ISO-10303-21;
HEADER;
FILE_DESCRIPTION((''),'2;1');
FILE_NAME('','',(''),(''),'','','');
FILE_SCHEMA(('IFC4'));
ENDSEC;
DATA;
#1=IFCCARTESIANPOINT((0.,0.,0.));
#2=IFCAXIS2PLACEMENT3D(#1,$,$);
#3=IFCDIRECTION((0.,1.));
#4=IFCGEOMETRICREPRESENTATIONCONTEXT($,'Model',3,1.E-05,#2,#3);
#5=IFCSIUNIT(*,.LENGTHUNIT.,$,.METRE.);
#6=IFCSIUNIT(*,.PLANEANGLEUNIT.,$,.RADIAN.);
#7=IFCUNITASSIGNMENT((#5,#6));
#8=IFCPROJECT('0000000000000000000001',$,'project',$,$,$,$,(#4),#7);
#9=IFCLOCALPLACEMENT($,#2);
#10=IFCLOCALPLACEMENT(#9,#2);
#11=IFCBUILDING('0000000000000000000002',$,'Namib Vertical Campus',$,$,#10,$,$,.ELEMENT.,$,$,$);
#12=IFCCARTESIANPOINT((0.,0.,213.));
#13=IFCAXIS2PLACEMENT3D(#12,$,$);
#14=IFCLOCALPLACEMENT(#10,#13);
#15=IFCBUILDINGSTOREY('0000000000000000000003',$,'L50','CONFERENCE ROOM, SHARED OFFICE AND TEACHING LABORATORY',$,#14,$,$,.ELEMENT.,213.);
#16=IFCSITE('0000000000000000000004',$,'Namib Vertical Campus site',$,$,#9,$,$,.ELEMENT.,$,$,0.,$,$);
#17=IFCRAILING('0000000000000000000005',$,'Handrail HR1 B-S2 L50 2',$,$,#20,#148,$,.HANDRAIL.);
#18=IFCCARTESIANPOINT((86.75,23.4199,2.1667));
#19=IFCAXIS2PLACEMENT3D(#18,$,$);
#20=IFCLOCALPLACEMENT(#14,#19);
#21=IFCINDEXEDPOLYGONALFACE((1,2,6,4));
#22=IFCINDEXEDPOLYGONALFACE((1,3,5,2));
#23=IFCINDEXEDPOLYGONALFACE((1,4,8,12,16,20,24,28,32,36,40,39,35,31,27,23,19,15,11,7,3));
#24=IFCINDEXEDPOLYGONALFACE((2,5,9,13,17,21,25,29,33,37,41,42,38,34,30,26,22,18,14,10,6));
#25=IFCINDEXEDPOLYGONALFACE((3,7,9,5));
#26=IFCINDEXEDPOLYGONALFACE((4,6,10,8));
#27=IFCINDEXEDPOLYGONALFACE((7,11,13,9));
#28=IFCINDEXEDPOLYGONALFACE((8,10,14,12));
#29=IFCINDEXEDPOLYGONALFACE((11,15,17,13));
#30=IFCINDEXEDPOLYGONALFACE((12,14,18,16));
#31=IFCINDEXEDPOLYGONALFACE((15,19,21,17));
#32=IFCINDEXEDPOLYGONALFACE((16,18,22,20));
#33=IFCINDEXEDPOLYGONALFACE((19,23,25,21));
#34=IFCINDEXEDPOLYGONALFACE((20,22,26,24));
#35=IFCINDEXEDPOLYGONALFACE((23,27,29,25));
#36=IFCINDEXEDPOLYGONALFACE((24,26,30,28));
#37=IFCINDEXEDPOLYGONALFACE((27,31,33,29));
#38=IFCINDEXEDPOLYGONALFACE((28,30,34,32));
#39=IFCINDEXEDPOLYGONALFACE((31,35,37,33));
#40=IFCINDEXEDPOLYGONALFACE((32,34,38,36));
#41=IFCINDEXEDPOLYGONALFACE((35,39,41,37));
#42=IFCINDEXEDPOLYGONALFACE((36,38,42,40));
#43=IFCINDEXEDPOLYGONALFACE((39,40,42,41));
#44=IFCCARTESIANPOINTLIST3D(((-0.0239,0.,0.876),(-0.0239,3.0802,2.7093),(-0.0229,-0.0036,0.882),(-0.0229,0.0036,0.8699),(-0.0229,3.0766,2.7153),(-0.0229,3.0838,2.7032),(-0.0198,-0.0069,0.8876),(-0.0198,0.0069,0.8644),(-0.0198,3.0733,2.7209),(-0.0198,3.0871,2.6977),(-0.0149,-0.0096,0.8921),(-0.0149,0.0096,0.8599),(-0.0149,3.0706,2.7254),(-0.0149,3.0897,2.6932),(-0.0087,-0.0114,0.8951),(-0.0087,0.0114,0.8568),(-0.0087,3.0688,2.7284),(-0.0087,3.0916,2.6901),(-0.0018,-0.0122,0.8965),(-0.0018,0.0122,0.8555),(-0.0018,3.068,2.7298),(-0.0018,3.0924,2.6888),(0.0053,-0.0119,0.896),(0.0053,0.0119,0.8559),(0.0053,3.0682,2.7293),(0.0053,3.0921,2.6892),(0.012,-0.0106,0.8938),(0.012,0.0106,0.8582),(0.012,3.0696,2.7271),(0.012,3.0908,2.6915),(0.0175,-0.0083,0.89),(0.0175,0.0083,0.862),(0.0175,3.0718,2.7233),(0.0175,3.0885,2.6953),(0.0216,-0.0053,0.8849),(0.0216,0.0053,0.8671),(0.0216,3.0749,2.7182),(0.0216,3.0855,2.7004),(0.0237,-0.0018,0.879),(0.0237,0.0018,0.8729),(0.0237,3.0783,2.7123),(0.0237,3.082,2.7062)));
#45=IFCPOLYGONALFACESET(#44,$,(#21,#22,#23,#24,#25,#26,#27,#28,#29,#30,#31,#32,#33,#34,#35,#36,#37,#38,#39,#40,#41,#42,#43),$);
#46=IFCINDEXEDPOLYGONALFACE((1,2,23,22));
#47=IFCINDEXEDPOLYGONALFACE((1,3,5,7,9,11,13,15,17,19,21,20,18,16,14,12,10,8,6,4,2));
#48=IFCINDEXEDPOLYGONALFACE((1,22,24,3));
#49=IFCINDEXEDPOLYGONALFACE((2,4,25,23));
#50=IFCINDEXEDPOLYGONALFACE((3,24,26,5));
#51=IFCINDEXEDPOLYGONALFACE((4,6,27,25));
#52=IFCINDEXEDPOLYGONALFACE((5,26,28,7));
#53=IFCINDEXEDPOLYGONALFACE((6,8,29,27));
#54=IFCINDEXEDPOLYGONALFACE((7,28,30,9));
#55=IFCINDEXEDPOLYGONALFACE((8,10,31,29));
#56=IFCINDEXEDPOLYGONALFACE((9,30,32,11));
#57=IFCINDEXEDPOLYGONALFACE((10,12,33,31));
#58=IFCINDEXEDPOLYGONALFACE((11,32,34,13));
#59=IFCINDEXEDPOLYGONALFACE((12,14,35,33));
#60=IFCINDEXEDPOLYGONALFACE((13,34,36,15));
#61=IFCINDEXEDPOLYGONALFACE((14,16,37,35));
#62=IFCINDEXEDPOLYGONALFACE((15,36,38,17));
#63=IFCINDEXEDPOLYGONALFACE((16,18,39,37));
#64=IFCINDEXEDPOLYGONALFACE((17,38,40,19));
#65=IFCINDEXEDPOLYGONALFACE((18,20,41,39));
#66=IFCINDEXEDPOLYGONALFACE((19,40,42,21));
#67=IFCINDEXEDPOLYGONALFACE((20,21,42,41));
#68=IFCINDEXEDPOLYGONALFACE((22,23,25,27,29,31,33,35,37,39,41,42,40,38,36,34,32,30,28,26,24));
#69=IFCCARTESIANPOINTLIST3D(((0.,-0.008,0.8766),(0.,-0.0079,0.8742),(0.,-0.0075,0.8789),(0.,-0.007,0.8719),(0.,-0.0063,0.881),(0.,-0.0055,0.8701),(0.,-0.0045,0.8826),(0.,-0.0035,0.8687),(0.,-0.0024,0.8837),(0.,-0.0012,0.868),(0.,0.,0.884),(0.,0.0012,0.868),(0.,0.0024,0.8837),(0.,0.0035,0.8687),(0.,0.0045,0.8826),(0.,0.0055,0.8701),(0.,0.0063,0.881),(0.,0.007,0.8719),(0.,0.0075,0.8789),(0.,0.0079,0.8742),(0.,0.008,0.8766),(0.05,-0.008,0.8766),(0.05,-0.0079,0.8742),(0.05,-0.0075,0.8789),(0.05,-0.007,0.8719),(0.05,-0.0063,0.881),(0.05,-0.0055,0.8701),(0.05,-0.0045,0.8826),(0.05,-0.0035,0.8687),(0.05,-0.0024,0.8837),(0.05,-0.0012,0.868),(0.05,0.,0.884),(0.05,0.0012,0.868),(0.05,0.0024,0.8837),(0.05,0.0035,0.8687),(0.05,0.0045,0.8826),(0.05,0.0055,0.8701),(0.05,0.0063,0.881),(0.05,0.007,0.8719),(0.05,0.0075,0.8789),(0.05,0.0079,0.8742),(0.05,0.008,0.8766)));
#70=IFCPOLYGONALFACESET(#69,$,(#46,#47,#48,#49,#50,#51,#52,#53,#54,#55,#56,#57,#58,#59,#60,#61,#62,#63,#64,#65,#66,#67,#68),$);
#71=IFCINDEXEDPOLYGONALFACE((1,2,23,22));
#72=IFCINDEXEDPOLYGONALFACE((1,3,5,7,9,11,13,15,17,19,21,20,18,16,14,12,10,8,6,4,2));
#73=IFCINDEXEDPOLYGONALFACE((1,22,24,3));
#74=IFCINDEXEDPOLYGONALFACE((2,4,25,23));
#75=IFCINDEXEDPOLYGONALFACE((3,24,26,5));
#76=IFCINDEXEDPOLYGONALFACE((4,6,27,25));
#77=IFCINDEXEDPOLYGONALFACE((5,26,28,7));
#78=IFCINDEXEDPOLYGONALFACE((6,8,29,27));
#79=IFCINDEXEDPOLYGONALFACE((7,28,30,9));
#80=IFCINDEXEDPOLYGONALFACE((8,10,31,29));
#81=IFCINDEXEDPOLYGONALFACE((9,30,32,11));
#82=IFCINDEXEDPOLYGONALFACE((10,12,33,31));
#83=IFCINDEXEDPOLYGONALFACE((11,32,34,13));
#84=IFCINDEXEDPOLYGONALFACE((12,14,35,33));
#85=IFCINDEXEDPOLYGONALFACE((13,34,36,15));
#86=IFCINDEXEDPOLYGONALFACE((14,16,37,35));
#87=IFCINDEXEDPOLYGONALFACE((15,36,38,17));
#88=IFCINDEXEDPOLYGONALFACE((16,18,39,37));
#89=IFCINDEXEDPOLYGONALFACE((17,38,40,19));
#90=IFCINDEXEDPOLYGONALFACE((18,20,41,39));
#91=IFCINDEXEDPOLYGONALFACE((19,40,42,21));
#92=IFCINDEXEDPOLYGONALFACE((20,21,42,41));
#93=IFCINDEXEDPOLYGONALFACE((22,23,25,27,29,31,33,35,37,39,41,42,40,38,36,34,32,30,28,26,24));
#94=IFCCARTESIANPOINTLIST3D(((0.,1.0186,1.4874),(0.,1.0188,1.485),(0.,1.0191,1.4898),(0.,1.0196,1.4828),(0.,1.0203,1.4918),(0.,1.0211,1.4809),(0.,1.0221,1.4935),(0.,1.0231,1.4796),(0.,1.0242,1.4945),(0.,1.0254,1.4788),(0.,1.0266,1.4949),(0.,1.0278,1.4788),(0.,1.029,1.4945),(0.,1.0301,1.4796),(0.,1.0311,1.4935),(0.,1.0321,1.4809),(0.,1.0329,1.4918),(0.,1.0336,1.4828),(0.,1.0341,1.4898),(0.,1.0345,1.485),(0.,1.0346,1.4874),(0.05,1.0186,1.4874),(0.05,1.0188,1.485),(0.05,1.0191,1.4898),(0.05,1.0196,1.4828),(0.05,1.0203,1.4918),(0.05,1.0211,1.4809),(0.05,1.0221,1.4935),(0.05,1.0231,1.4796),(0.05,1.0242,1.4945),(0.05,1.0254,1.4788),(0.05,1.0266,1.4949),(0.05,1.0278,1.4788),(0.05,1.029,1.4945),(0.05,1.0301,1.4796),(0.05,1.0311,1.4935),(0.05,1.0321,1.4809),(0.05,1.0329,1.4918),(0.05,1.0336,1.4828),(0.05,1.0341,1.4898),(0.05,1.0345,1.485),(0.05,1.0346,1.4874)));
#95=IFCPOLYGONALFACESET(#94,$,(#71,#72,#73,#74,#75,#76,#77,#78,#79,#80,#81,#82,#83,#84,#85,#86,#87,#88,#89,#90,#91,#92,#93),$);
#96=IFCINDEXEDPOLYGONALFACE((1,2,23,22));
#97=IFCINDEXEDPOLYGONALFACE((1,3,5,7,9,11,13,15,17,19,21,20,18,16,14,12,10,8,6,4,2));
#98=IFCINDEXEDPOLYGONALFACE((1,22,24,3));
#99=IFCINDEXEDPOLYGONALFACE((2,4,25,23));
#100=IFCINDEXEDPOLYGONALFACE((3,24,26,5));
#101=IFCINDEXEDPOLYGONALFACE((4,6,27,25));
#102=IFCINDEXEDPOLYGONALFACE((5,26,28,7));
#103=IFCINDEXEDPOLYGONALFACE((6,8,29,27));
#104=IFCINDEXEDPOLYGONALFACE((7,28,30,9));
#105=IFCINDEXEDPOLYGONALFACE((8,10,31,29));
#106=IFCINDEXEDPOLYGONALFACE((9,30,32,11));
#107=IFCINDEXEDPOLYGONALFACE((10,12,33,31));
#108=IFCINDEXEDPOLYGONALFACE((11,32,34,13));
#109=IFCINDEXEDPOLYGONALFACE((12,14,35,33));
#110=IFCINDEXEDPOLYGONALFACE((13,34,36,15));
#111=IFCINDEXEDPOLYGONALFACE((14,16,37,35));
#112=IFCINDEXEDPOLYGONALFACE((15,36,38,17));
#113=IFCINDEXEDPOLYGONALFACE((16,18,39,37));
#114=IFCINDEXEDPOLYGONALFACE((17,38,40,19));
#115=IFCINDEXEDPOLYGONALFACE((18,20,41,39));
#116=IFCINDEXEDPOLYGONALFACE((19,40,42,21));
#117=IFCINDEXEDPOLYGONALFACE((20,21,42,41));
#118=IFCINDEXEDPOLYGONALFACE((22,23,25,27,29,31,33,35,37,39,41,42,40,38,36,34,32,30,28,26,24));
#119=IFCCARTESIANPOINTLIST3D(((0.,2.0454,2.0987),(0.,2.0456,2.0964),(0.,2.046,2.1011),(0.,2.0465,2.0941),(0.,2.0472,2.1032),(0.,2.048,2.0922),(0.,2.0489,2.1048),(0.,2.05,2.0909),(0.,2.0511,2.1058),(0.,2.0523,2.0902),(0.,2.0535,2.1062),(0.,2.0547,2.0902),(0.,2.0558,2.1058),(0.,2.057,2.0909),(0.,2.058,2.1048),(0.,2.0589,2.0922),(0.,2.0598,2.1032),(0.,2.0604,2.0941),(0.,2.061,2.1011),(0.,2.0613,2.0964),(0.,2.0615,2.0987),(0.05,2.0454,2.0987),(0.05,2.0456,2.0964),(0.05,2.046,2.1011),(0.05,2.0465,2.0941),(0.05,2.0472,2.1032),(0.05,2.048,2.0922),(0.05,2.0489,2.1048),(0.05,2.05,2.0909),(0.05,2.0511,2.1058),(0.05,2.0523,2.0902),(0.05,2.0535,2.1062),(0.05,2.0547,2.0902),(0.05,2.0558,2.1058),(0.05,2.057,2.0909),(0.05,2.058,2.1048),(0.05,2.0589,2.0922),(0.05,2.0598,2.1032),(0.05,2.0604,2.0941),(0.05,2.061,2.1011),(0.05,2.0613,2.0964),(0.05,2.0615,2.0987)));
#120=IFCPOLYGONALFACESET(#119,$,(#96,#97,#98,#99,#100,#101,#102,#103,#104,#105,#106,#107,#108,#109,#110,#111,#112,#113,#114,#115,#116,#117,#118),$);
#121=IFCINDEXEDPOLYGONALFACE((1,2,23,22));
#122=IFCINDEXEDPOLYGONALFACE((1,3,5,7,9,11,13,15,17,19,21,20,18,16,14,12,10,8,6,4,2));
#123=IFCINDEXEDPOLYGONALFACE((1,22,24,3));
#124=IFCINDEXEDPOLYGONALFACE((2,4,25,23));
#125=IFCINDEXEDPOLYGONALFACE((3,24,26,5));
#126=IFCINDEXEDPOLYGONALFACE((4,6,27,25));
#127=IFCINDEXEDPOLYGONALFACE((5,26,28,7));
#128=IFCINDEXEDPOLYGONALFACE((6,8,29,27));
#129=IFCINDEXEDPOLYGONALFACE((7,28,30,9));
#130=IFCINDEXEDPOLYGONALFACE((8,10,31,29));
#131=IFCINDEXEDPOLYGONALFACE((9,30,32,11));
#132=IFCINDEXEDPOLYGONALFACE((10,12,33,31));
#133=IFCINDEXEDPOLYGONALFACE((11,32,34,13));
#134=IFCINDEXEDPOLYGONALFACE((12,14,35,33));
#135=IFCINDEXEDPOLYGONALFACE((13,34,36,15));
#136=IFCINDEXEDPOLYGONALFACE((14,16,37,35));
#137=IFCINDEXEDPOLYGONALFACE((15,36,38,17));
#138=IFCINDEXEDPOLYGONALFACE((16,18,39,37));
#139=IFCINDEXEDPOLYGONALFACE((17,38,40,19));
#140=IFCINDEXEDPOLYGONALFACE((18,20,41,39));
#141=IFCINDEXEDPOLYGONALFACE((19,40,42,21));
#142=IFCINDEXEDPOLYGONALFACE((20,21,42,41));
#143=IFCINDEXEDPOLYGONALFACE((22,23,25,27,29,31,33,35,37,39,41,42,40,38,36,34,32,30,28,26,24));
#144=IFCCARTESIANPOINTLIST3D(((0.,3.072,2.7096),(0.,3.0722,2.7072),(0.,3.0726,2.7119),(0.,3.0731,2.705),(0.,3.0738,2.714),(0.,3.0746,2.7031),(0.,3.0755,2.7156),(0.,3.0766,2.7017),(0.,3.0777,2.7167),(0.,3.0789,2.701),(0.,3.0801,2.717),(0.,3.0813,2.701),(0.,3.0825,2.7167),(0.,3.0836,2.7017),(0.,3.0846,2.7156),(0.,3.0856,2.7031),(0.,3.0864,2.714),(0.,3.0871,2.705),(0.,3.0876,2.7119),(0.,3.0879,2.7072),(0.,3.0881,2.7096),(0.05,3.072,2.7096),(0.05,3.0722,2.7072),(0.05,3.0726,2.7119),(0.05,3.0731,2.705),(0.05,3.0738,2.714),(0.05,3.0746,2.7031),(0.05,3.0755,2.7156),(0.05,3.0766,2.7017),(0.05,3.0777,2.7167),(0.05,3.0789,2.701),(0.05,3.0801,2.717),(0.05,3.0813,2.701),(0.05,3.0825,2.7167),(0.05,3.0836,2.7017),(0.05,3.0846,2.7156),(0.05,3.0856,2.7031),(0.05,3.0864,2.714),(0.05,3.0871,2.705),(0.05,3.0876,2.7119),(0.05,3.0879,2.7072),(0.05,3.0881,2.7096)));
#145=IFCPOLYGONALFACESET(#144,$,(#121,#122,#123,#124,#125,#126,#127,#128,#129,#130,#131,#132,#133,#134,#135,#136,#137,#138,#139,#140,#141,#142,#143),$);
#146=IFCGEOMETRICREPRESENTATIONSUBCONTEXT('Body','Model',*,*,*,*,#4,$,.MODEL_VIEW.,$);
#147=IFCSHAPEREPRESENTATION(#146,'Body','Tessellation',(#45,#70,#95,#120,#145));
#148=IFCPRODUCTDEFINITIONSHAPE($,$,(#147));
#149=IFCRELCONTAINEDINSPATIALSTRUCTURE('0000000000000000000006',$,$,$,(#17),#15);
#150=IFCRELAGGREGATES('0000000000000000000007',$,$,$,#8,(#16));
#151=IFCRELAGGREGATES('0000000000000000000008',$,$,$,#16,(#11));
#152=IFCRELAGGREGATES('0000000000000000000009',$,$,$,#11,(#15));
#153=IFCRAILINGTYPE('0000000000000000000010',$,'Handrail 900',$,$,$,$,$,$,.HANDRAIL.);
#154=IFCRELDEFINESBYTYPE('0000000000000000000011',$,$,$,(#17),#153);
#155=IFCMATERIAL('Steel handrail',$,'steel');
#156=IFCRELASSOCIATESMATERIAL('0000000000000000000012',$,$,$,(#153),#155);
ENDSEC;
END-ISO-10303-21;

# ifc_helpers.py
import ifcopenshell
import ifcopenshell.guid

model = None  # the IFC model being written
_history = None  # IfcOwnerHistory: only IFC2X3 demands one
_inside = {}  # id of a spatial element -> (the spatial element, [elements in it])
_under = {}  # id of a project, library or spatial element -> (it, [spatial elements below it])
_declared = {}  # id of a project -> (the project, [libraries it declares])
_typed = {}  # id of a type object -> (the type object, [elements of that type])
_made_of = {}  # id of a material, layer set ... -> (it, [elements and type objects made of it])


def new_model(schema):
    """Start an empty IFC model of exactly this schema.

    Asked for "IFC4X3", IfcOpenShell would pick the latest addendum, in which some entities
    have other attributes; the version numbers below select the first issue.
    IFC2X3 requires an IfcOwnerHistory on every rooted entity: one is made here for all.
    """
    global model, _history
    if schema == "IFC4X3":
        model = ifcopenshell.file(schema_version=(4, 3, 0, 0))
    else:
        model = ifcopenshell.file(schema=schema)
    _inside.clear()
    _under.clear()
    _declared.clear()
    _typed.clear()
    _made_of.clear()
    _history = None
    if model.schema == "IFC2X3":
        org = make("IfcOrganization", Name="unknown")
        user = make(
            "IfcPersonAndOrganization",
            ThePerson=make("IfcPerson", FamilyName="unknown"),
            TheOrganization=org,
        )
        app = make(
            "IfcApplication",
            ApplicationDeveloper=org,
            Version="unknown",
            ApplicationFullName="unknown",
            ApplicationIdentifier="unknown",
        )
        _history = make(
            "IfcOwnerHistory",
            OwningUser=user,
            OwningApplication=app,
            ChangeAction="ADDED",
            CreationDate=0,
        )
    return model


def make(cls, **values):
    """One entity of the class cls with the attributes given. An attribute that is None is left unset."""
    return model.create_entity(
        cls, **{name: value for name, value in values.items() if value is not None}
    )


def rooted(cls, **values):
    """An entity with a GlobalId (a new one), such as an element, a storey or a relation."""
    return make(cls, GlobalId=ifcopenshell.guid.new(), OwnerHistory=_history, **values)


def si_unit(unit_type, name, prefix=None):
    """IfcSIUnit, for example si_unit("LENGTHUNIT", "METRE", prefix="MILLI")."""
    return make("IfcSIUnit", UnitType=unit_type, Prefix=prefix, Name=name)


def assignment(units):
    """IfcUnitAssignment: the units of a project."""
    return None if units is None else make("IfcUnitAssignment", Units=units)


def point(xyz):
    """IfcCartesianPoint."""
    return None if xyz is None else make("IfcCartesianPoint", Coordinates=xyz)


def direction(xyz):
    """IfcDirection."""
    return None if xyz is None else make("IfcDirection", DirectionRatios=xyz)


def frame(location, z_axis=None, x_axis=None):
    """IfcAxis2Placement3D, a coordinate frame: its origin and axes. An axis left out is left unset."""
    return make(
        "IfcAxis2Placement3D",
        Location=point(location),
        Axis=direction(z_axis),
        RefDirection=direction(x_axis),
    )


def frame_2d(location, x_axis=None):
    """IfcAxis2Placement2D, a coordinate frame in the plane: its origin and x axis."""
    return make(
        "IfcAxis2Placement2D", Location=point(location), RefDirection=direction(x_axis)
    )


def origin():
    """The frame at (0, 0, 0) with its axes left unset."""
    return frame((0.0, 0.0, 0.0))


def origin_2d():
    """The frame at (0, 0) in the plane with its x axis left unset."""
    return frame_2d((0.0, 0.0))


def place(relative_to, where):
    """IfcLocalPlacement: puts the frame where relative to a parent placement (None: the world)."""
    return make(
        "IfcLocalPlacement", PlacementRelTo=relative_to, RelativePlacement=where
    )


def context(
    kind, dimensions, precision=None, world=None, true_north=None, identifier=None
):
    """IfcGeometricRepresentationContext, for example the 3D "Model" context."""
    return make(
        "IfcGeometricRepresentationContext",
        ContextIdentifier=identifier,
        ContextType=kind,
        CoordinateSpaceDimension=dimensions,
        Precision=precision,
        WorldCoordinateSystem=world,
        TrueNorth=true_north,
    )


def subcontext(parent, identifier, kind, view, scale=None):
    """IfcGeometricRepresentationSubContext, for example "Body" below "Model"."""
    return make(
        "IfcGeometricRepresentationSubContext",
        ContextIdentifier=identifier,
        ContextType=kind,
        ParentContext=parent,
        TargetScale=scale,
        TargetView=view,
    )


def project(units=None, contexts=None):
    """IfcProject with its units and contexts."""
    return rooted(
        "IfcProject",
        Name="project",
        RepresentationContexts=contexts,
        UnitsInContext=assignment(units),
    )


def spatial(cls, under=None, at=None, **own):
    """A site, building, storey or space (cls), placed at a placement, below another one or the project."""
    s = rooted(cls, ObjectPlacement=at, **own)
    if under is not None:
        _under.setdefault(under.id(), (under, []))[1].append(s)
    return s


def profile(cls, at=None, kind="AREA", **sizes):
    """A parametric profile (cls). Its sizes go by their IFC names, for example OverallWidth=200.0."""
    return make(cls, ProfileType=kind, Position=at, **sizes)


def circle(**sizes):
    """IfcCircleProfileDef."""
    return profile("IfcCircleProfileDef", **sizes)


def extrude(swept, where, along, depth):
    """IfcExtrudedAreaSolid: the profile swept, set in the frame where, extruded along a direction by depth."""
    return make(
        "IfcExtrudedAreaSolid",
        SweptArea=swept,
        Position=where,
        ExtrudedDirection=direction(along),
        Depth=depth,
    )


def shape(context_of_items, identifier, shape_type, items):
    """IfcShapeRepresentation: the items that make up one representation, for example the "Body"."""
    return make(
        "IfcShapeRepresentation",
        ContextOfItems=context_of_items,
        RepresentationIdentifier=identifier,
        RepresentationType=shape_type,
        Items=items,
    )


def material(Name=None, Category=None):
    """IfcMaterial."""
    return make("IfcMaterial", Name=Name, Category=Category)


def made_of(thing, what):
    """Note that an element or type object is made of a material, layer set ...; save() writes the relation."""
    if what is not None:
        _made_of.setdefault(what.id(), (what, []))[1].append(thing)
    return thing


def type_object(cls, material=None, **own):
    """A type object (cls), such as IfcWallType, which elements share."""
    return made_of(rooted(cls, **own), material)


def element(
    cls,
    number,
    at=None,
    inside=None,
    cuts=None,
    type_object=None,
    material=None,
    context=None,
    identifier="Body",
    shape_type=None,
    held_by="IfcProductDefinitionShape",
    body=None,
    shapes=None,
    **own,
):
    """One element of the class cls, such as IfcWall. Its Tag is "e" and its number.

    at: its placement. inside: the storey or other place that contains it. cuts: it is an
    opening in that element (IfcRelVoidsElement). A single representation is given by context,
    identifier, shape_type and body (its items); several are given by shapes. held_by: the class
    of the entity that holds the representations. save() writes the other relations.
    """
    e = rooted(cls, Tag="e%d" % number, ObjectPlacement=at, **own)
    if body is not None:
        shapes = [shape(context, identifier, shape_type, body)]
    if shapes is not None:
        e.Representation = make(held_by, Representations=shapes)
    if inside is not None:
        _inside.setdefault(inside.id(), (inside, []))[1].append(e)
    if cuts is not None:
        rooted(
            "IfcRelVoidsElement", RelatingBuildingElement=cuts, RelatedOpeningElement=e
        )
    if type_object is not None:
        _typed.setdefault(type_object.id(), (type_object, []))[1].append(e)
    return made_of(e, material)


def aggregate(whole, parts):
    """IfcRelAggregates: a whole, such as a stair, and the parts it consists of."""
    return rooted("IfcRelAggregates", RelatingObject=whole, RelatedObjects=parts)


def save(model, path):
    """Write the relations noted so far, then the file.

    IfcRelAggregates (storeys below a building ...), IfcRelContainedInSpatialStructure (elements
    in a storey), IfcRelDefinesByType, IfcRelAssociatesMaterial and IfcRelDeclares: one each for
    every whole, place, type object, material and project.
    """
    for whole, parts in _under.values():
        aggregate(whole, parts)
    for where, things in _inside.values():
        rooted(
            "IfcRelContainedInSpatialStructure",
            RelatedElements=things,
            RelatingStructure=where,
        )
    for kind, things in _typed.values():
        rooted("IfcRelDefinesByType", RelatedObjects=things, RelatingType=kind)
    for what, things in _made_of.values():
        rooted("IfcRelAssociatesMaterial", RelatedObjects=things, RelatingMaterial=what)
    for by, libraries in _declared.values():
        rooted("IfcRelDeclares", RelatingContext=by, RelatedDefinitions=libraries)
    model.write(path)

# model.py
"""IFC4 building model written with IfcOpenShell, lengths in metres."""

from ifc_helpers import new_model, si_unit, direction, frame, origin, origin_2d, place, context, subcontext, project, spatial, circle, extrude, material, type_object, element, save


model = new_model("IFC4")

# Units and contexts
model_context = context("Model", 3, precision=1e-05, world=origin(), true_north=direction((0.0, 1.0)))
body_context = subcontext(model_context, "Body", "Model", "MODEL_VIEW")
ifc_project = project(units=[si_unit("LENGTHUNIT", "METRE"), si_unit("PLANEANGLEUNIT", "RADIAN")], contexts=[model_context])

# Site, building, storey
site_placement = place(None, origin())
site = spatial("IfcSite", under=ifc_project, at=site_placement, Name="Namib Vertical Campus site", CompositionType="ELEMENT", RefElevation=0.0)
building_placement = place(site_placement, origin())
building = spatial("IfcBuilding", under=site, at=building_placement, Name="Namib Vertical Campus", CompositionType="ELEMENT")
storey_placement = place(building_placement, frame((0.0, 0.0, 213.0)))
storey = spatial("IfcBuildingStorey", under=building, at=storey_placement, Name="L50", Description="CONFERENCE ROOM, SHARED OFFICE AND TEACHING LABORATORY", CompositionType="ELEMENT", Elevation=213.0)

# Railing
ifc_material_1 = material(Name="Steel handrail", Category="steel")
railing_type = type_object("IfcRailingType", Name="Handrail 900", PredefinedType="HANDRAIL", material=ifc_material_1)
railing_placement = place(storey_placement, frame((86.75, 23.4199, 2.1667)))
element("IfcRailing", 1, at=railing_placement, inside=storey, type_object=railing_type, Name="Handrail HR1 B-S2 L50 2", PredefinedType="HANDRAIL", context=body_context, shape_type="SweptSolid", body=[
    extrude(circle(Radius=0.0239, at=origin_2d()), frame((0.0, 0.0, 0.876), z_axis=(0.0, 0.859309, 0.511458), x_axis=(-1.0, 0.0, 0.0)), (0.0, 0.0, 1.0), 3.5845),
    extrude(circle(Radius=0.0081, at=origin_2d()), frame((0.0, 0.0, 0.876), z_axis=(1.0, 0.0, 0.0), x_axis=(0.0, 0.0, 1.0)), (0.0, 0.0, 1.0), 0.05),
    extrude(circle(Radius=0.0081, at=origin_2d()), frame((0.0, 1.0266, 1.4868), z_axis=(1.0, 0.0, 0.0), x_axis=(0.0, 0.0, 1.0)), (0.0, 0.0, 1.0), 0.05),
    extrude(circle(Radius=0.0081, at=origin_2d()), frame((0.0, 2.0535, 2.0981), z_axis=(1.0, 0.0, 0.0), x_axis=(0.0, 0.0, 1.0)), (0.0, 0.0, 1.0), 0.05),
    extrude(circle(Radius=0.0081, at=origin_2d()), frame((0.0, 3.0801, 2.709), z_axis=(1.0, 0.0, 0.0), x_axis=(0.0, 0.0, 1.0)), (0.0, 0.0, 1.0), 0.05),
])

save(model, "model.ifc")
